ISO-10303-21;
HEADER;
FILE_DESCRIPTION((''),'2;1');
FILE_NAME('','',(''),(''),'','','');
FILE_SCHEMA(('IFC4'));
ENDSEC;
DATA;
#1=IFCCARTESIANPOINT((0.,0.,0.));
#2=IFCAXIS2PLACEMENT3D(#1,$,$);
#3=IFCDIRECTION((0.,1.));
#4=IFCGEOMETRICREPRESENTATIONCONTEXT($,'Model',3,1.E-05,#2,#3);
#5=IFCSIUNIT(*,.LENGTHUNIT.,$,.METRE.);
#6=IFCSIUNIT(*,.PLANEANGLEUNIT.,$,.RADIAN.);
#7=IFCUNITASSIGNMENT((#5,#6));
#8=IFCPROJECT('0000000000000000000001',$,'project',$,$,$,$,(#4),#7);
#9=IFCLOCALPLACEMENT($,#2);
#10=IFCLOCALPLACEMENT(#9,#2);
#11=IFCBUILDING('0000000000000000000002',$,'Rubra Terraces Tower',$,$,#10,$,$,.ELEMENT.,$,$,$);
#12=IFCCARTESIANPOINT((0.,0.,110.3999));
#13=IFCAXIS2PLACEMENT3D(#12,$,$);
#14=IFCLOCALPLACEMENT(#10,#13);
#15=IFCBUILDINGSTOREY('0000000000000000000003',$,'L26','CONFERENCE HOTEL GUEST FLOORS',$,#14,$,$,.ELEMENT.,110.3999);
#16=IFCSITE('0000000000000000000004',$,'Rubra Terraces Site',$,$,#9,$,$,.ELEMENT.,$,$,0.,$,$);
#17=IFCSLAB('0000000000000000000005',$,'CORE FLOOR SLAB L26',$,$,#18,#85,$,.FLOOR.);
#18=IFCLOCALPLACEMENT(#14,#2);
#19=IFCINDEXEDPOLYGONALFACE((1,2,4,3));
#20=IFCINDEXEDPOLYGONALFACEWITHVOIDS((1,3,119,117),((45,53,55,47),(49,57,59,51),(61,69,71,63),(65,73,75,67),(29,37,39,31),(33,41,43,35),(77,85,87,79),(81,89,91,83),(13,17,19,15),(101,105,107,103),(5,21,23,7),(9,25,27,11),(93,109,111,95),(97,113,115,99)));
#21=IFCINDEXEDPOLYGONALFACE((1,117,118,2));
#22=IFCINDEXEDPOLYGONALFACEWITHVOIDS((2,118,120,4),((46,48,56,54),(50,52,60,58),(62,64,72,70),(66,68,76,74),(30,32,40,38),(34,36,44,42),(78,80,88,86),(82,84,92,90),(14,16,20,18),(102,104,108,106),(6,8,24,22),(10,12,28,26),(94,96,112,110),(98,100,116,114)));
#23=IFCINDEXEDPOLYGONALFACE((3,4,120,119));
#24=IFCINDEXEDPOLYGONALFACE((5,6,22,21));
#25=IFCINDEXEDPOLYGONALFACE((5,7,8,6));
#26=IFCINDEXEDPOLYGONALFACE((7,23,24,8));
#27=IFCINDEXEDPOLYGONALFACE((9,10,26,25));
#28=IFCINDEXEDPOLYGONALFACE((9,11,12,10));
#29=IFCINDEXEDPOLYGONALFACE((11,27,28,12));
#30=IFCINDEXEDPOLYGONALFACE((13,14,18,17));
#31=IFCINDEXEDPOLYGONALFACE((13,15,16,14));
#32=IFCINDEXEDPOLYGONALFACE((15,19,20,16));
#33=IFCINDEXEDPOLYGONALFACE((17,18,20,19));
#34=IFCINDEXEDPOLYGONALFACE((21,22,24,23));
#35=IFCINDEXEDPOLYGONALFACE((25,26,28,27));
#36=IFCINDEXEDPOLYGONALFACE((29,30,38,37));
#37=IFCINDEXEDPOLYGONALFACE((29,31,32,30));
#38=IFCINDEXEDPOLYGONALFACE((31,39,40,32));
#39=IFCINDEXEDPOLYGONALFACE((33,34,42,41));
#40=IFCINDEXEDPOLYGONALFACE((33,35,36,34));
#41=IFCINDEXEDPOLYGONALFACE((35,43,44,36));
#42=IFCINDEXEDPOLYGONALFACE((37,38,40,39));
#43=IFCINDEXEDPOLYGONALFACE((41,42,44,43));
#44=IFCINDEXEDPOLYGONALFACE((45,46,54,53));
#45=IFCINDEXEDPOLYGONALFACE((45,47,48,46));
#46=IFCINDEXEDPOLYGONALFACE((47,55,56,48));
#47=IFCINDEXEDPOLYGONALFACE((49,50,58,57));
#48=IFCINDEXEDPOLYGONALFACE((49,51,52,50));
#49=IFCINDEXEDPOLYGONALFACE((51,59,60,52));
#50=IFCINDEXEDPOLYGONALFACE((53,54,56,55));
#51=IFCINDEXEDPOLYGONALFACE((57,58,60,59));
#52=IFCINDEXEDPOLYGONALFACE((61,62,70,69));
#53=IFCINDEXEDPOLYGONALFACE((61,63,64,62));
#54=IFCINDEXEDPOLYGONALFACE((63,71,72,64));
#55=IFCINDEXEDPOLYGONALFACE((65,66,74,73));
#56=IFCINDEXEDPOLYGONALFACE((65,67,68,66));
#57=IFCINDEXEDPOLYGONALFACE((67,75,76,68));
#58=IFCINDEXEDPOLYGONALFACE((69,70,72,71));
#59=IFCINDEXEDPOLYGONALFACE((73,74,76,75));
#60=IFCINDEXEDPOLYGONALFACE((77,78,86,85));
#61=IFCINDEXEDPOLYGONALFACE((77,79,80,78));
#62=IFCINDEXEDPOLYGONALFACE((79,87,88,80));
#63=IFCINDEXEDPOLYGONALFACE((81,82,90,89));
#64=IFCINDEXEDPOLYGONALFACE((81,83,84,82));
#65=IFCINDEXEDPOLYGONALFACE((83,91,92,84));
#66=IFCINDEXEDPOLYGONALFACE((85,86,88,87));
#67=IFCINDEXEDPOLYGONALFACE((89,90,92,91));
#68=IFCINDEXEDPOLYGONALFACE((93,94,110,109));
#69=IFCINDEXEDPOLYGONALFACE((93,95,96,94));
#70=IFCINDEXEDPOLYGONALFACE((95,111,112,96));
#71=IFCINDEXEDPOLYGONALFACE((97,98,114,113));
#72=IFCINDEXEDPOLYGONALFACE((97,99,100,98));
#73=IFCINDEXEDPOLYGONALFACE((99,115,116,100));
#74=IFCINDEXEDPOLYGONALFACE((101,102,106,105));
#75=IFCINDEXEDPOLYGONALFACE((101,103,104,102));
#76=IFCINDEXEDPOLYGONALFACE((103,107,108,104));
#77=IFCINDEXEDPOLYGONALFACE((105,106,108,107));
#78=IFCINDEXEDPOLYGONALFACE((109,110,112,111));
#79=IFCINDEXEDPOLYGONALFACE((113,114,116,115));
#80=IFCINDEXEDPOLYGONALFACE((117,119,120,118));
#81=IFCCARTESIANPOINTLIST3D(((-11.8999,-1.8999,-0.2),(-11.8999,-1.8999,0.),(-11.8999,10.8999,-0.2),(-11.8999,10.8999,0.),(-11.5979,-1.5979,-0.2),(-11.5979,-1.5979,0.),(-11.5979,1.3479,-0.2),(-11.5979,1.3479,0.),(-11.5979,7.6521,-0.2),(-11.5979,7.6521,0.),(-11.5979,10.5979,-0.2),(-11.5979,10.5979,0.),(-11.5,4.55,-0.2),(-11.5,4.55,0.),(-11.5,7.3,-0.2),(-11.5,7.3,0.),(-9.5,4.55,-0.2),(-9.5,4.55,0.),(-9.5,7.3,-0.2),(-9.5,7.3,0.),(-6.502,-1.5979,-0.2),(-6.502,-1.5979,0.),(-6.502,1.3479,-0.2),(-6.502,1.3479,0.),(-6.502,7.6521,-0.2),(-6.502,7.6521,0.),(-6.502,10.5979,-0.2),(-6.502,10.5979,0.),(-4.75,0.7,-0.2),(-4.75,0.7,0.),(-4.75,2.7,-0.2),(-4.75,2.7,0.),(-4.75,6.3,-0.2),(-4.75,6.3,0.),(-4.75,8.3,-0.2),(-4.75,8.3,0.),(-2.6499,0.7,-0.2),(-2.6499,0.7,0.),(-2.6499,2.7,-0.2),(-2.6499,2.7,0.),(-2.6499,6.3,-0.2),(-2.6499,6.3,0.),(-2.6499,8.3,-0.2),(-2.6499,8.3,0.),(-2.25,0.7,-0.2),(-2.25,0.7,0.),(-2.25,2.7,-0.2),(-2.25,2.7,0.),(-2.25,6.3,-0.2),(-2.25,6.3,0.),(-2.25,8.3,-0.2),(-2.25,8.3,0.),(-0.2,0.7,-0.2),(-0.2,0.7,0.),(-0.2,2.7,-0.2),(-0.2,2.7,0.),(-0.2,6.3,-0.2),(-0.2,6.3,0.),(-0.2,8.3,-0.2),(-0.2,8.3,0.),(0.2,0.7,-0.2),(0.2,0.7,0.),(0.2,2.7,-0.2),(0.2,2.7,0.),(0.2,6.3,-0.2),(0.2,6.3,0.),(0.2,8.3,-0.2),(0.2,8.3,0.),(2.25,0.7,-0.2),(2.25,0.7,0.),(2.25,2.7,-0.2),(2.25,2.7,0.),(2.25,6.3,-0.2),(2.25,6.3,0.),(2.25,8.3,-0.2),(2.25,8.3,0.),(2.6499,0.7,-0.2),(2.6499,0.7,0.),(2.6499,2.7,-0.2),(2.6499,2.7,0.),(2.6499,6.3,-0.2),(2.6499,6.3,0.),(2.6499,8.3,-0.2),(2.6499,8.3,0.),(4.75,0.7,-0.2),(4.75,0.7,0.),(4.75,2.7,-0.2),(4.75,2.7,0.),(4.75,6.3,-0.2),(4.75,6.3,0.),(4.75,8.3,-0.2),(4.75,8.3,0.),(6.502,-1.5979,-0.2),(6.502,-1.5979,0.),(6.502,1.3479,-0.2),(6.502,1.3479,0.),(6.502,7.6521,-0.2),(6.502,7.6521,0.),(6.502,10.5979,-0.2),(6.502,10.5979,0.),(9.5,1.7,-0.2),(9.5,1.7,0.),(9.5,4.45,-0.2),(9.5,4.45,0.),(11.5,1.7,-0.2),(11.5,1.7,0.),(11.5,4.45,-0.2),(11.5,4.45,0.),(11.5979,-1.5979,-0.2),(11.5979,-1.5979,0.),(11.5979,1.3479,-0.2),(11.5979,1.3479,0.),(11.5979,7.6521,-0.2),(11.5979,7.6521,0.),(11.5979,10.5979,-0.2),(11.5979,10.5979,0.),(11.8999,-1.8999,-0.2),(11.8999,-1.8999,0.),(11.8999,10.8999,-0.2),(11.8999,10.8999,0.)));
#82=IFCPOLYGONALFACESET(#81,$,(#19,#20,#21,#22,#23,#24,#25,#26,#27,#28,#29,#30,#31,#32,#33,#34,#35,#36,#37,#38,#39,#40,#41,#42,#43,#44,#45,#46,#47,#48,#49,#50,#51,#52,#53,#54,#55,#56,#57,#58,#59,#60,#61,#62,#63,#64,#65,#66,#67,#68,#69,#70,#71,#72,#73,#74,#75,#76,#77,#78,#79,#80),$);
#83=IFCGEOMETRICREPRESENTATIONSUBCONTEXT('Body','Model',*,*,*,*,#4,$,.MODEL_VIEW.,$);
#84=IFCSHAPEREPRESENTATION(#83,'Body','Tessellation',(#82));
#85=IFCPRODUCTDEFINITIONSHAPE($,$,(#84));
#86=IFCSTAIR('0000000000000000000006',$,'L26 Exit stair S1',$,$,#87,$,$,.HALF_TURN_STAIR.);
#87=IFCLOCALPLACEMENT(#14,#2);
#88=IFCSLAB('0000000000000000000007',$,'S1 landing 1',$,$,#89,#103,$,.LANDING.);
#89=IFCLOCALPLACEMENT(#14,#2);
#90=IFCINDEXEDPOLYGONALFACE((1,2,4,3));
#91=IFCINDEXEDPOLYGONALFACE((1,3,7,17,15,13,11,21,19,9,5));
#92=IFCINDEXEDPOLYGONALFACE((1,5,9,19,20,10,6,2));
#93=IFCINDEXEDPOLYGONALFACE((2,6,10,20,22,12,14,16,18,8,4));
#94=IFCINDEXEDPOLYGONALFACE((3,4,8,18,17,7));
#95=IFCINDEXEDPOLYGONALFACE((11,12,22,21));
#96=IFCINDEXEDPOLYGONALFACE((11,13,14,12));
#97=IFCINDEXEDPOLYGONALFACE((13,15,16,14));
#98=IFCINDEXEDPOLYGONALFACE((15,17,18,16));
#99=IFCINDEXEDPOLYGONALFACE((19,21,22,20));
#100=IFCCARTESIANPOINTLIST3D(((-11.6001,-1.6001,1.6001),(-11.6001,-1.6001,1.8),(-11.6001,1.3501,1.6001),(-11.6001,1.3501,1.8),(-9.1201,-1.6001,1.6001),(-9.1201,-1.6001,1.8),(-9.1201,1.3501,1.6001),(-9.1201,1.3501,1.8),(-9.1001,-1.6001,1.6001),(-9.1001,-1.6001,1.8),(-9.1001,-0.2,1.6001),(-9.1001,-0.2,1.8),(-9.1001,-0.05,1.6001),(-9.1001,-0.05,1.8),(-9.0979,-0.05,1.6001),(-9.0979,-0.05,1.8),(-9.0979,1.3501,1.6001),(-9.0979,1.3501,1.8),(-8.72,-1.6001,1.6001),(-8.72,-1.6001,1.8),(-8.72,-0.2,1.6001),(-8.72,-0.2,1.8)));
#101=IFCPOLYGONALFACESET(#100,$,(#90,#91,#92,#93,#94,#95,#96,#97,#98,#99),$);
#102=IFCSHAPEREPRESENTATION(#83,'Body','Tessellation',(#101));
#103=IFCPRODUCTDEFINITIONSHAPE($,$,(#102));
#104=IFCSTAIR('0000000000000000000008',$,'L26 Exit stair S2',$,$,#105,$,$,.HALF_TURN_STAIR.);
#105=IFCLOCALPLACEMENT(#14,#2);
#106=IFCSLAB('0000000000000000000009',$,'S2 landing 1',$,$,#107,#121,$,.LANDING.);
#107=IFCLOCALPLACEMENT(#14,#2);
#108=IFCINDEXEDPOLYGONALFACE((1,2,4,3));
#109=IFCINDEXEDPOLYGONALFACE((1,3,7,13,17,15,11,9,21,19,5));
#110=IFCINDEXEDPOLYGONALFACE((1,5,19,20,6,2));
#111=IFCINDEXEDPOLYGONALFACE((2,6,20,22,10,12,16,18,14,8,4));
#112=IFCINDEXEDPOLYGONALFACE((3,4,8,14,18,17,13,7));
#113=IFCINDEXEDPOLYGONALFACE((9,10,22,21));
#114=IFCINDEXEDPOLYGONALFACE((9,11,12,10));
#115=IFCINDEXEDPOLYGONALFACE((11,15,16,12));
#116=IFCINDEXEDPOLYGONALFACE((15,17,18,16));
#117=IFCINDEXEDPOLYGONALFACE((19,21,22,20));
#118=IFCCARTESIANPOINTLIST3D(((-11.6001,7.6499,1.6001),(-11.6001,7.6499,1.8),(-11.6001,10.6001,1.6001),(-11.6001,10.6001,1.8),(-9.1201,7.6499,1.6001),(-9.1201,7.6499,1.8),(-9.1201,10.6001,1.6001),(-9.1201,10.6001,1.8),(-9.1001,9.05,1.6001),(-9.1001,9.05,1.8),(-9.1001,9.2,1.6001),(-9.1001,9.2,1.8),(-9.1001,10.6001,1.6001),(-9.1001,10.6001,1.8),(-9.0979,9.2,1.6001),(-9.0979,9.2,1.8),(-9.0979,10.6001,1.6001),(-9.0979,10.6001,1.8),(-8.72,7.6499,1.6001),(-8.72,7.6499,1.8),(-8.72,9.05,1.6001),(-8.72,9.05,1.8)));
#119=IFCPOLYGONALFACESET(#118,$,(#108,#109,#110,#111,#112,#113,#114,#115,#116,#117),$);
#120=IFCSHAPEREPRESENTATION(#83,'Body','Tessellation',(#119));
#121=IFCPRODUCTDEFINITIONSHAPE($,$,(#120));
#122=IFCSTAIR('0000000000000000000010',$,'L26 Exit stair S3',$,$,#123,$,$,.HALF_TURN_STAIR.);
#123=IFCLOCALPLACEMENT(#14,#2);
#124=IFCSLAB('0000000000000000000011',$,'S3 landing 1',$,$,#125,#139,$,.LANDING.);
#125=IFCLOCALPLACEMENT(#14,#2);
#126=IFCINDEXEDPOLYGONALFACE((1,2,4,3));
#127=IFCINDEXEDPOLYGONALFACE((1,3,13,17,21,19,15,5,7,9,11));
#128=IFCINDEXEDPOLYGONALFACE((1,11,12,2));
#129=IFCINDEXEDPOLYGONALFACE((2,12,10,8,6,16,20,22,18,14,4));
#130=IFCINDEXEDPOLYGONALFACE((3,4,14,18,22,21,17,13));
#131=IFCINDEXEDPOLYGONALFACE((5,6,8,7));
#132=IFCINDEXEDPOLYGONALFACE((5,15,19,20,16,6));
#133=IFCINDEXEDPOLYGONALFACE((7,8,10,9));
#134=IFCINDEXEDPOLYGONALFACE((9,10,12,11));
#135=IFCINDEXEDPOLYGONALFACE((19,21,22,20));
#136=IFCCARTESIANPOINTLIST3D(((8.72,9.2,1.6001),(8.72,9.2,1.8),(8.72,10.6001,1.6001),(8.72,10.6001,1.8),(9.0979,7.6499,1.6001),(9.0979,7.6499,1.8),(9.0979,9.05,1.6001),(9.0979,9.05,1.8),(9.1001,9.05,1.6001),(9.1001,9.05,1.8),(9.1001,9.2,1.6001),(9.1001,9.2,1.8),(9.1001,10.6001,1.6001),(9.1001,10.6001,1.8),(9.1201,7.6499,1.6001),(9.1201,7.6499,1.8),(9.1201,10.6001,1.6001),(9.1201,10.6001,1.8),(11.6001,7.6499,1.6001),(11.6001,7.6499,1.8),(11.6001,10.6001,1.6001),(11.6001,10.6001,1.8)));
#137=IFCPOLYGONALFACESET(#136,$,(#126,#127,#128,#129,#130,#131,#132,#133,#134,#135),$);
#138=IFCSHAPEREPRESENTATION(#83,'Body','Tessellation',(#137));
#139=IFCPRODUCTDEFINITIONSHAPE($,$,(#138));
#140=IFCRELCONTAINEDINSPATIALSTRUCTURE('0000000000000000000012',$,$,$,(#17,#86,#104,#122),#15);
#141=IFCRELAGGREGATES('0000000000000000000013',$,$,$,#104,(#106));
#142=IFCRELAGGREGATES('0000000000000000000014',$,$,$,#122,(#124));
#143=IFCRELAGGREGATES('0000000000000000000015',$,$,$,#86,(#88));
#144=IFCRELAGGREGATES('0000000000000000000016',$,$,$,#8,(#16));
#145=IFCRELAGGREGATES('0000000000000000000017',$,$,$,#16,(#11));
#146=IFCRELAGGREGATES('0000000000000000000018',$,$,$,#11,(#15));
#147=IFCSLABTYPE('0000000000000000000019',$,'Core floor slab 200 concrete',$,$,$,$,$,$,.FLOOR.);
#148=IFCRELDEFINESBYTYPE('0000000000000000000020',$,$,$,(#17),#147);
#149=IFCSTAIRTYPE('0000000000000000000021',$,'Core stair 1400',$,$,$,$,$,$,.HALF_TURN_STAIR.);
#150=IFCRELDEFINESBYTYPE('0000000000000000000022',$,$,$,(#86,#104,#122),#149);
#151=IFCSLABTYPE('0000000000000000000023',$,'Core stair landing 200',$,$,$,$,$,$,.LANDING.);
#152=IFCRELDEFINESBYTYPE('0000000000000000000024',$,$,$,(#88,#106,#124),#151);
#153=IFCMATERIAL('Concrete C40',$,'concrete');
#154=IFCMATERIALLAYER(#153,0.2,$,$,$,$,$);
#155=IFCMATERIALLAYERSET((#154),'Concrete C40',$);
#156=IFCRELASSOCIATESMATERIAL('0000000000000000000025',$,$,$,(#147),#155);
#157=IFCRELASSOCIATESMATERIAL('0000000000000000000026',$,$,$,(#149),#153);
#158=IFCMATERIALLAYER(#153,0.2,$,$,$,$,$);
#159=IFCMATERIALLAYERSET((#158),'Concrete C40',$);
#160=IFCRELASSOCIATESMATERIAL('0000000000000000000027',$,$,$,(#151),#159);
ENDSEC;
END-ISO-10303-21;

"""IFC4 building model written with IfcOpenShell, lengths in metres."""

from ifc_helpers import new_model, si_unit, direction, frame, origin, place, context, subcontext, project, spatial, polyline, outline, extrude, material, layer, layer_set, type_object, element, aggregate, save


model = new_model("IFC4")

# Units and contexts
model_context = context("Model", 3, precision=1e-05, world=origin(), true_north=direction((0.0, 1.0)))
body_context = subcontext(model_context, "Body", "Model", "MODEL_VIEW")
ifc_project = project(units=[si_unit("LENGTHUNIT", "METRE"), si_unit("PLANEANGLEUNIT", "RADIAN")], contexts=[model_context])

# Site, building, storey
site_placement = place(None, origin())
site = spatial("IfcSite", under=ifc_project, at=site_placement, Name="Rubra Terraces Site", CompositionType="ELEMENT", RefElevation=0.0)
building_placement = place(site_placement, origin())
building = spatial("IfcBuilding", under=site, at=building_placement, Name="Rubra Terraces Tower", CompositionType="ELEMENT")
storey_placement = place(building_placement, frame((0.0, 0.0, 110.3999)))
storey = spatial("IfcBuildingStorey", under=building, at=storey_placement, Name="L26", Description="CONFERENCE HOTEL GUEST FLOORS", CompositionType="ELEMENT", Elevation=110.3999)

# Slab
ifc_material_1 = material(Name="Concrete C40", Category="concrete")
ifc_layer_1 = layer(ifc_material_1, 0.2)
ifc_layer_set_1 = layer_set([ifc_layer_1], Name="Concrete C40")
slab_type_1 = type_object("IfcSlabType", Name="Core floor slab 200 concrete", PredefinedType="FLOOR", material=ifc_layer_set_1)
slab_1_placement = place(storey_placement, frame((0.0, 0.0, -0.2)))
element("IfcSlab", 1, at=slab_1_placement, inside=storey, type_object=slab_type_1, Name="CORE FLOOR SLAB L26", PredefinedType="FLOOR", context=body_context, shape_type="SweptSolid", body=[
    extrude(outline(polyline([(-11.8999, -1.8999), (-11.8999, 10.8999), (11.8999, 10.8999), (11.8999, -1.8999), (-11.8999, -1.8999)]), holes=[polyline([(11.5979, 1.3479), (6.502, 1.3479), (6.502, -1.5979), (11.5979, -1.5979), (11.5979, 1.3479)]), polyline([(11.5979, 7.6521), (11.5979, 10.5979), (6.502, 10.5979), (6.502, 7.6521), (11.5979, 7.6521)]), polyline([(9.5, 1.7), (11.5, 1.7), (11.5, 4.45), (9.5, 4.45), (9.5, 1.7)]), polyline([(4.75, 0.7), (4.75, 2.7), (2.6499, 2.7), (2.6499, 0.7), (4.75, 0.7)]), polyline([(4.75, 6.3), (4.75, 8.3), (2.6499, 8.3), (2.6499, 6.3), (4.75, 6.3)]), polyline([(2.25, 0.7), (2.25, 2.7), (0.2, 2.7), (0.2, 0.7), (2.25, 0.7)]), polyline([(2.25, 6.3), (2.25, 8.3), (0.2, 8.3), (0.2, 6.3), (2.25, 6.3)]), polyline([(-0.2, 0.7), (-0.2, 2.7), (-2.25, 2.7), (-2.25, 0.7), (-0.2, 0.7)]), polyline([(-0.2, 6.3), (-0.2, 8.3), (-2.25, 8.3), (-2.25, 6.3), (-0.2, 6.3)]), polyline([(-2.6499, 0.7), (-2.6499, 2.7), (-4.75, 2.7), (-4.75, 0.7), (-2.6499, 0.7)]), polyline([(-2.6499, 8.3), (-4.75, 8.3), (-4.75, 6.3), (-2.6499, 6.3), (-2.6499, 8.3)]), polyline([(-11.5979, -1.5979), (-6.502, -1.5979), (-6.502, 1.3479), (-11.5979, 1.3479), (-11.5979, -1.5979)]), polyline([(-11.5979, 10.5979), (-11.5979, 7.6521), (-6.502, 7.6521), (-6.502, 10.5979), (-11.5979, 10.5979)]), polyline([(-9.5, 4.55), (-9.5, 7.3), (-11.5, 7.3), (-11.5, 4.55), (-9.5, 4.55)])]), origin(), (0.0, 0.0, 1.0), 0.2),
])

# Stairs, slabs
stair_type = type_object("IfcStairType", Name="Core stair 1400", PredefinedType="HALF_TURN_STAIR", material=ifc_material_1)
stair_1_placement = place(storey_placement, origin())
stair_1 = element("IfcStair", 2, at=stair_1_placement, inside=storey, type_object=stair_type, Name="L26 Exit stair S1", PredefinedType="HALF_TURN_STAIR")
ifc_layer_2 = layer(ifc_material_1, 0.2)
ifc_layer_set_2 = layer_set([ifc_layer_2], Name="Concrete C40")
slab_type_2 = type_object("IfcSlabType", Name="Core stair landing 200", PredefinedType="LANDING", material=ifc_layer_set_2)
slab_2_placement = place(storey_placement, frame((0.0, 0.0, 1.6001)))
slab_2 = element("IfcSlab", 3, at=slab_2_placement, type_object=slab_type_2, Name="S1 landing 1", PredefinedType="LANDING", context=body_context, shape_type="SweptSolid", body=[
    extrude(outline(polyline([(-8.72, -0.2), (-8.72, -1.6001), (-9.1001, -1.6001), (-9.1201, -1.6001), (-11.6001, -1.6001), (-11.6001, 1.3501), (-9.1201, 1.3501), (-9.0979, 1.3501), (-9.0979, -0.05), (-9.1001, -0.05), (-9.1001, -0.2), (-8.72, -0.2)])), origin(), (0.0, 0.0, 1.0), 0.2),
])
stair_2_placement = place(storey_placement, origin())
stair_2 = element("IfcStair", 4, at=stair_2_placement, inside=storey, type_object=stair_type, Name="L26 Exit stair S2", PredefinedType="HALF_TURN_STAIR")
slab_3_placement = place(storey_placement, frame((0.0, 0.0, 1.6001)))
slab_3 = element("IfcSlab", 5, at=slab_3_placement, type_object=slab_type_2, Name="S2 landing 1", PredefinedType="LANDING", context=body_context, shape_type="SweptSolid", body=[
    extrude(outline(polyline([(-8.72, 9.05), (-8.72, 7.6499), (-9.1201, 7.6499), (-11.6001, 7.6499), (-11.6001, 10.6001), (-9.1201, 10.6001), (-9.1001, 10.6001), (-9.0979, 10.6001), (-9.0979, 9.2), (-9.1001, 9.2), (-9.1001, 9.05), (-8.72, 9.05)])), origin(), (0.0, 0.0, 1.0), 0.2),
])
aggregate(stair_2, [slab_3])
stair_3_placement = place(storey_placement, origin())
stair_3 = element("IfcStair", 6, at=stair_3_placement, inside=storey, type_object=stair_type, Name="L26 Exit stair S3", PredefinedType="HALF_TURN_STAIR")
slab_4_placement = place(storey_placement, frame((0.0, 0.0, 1.6001)))
slab_4 = element("IfcSlab", 7, at=slab_4_placement, type_object=slab_type_2, Name="S3 landing 1", PredefinedType="LANDING", context=body_context, shape_type="SweptSolid", body=[
    extrude(outline(polyline([(9.1001, 9.05), (9.1001, 9.2), (8.72, 9.2), (8.72, 10.6001), (9.1001, 10.6001), (9.1201, 10.6001), (11.6001, 10.6001), (11.6001, 7.6499), (9.1201, 7.6499), (9.0979, 7.6499), (9.0979, 9.05), (9.1001, 9.05)])), origin(), (0.0, 0.0, 1.0), 0.2),
])
aggregate(stair_3, [slab_4])

aggregate(stair_1, [slab_2])

save(model, "model.ifc")
